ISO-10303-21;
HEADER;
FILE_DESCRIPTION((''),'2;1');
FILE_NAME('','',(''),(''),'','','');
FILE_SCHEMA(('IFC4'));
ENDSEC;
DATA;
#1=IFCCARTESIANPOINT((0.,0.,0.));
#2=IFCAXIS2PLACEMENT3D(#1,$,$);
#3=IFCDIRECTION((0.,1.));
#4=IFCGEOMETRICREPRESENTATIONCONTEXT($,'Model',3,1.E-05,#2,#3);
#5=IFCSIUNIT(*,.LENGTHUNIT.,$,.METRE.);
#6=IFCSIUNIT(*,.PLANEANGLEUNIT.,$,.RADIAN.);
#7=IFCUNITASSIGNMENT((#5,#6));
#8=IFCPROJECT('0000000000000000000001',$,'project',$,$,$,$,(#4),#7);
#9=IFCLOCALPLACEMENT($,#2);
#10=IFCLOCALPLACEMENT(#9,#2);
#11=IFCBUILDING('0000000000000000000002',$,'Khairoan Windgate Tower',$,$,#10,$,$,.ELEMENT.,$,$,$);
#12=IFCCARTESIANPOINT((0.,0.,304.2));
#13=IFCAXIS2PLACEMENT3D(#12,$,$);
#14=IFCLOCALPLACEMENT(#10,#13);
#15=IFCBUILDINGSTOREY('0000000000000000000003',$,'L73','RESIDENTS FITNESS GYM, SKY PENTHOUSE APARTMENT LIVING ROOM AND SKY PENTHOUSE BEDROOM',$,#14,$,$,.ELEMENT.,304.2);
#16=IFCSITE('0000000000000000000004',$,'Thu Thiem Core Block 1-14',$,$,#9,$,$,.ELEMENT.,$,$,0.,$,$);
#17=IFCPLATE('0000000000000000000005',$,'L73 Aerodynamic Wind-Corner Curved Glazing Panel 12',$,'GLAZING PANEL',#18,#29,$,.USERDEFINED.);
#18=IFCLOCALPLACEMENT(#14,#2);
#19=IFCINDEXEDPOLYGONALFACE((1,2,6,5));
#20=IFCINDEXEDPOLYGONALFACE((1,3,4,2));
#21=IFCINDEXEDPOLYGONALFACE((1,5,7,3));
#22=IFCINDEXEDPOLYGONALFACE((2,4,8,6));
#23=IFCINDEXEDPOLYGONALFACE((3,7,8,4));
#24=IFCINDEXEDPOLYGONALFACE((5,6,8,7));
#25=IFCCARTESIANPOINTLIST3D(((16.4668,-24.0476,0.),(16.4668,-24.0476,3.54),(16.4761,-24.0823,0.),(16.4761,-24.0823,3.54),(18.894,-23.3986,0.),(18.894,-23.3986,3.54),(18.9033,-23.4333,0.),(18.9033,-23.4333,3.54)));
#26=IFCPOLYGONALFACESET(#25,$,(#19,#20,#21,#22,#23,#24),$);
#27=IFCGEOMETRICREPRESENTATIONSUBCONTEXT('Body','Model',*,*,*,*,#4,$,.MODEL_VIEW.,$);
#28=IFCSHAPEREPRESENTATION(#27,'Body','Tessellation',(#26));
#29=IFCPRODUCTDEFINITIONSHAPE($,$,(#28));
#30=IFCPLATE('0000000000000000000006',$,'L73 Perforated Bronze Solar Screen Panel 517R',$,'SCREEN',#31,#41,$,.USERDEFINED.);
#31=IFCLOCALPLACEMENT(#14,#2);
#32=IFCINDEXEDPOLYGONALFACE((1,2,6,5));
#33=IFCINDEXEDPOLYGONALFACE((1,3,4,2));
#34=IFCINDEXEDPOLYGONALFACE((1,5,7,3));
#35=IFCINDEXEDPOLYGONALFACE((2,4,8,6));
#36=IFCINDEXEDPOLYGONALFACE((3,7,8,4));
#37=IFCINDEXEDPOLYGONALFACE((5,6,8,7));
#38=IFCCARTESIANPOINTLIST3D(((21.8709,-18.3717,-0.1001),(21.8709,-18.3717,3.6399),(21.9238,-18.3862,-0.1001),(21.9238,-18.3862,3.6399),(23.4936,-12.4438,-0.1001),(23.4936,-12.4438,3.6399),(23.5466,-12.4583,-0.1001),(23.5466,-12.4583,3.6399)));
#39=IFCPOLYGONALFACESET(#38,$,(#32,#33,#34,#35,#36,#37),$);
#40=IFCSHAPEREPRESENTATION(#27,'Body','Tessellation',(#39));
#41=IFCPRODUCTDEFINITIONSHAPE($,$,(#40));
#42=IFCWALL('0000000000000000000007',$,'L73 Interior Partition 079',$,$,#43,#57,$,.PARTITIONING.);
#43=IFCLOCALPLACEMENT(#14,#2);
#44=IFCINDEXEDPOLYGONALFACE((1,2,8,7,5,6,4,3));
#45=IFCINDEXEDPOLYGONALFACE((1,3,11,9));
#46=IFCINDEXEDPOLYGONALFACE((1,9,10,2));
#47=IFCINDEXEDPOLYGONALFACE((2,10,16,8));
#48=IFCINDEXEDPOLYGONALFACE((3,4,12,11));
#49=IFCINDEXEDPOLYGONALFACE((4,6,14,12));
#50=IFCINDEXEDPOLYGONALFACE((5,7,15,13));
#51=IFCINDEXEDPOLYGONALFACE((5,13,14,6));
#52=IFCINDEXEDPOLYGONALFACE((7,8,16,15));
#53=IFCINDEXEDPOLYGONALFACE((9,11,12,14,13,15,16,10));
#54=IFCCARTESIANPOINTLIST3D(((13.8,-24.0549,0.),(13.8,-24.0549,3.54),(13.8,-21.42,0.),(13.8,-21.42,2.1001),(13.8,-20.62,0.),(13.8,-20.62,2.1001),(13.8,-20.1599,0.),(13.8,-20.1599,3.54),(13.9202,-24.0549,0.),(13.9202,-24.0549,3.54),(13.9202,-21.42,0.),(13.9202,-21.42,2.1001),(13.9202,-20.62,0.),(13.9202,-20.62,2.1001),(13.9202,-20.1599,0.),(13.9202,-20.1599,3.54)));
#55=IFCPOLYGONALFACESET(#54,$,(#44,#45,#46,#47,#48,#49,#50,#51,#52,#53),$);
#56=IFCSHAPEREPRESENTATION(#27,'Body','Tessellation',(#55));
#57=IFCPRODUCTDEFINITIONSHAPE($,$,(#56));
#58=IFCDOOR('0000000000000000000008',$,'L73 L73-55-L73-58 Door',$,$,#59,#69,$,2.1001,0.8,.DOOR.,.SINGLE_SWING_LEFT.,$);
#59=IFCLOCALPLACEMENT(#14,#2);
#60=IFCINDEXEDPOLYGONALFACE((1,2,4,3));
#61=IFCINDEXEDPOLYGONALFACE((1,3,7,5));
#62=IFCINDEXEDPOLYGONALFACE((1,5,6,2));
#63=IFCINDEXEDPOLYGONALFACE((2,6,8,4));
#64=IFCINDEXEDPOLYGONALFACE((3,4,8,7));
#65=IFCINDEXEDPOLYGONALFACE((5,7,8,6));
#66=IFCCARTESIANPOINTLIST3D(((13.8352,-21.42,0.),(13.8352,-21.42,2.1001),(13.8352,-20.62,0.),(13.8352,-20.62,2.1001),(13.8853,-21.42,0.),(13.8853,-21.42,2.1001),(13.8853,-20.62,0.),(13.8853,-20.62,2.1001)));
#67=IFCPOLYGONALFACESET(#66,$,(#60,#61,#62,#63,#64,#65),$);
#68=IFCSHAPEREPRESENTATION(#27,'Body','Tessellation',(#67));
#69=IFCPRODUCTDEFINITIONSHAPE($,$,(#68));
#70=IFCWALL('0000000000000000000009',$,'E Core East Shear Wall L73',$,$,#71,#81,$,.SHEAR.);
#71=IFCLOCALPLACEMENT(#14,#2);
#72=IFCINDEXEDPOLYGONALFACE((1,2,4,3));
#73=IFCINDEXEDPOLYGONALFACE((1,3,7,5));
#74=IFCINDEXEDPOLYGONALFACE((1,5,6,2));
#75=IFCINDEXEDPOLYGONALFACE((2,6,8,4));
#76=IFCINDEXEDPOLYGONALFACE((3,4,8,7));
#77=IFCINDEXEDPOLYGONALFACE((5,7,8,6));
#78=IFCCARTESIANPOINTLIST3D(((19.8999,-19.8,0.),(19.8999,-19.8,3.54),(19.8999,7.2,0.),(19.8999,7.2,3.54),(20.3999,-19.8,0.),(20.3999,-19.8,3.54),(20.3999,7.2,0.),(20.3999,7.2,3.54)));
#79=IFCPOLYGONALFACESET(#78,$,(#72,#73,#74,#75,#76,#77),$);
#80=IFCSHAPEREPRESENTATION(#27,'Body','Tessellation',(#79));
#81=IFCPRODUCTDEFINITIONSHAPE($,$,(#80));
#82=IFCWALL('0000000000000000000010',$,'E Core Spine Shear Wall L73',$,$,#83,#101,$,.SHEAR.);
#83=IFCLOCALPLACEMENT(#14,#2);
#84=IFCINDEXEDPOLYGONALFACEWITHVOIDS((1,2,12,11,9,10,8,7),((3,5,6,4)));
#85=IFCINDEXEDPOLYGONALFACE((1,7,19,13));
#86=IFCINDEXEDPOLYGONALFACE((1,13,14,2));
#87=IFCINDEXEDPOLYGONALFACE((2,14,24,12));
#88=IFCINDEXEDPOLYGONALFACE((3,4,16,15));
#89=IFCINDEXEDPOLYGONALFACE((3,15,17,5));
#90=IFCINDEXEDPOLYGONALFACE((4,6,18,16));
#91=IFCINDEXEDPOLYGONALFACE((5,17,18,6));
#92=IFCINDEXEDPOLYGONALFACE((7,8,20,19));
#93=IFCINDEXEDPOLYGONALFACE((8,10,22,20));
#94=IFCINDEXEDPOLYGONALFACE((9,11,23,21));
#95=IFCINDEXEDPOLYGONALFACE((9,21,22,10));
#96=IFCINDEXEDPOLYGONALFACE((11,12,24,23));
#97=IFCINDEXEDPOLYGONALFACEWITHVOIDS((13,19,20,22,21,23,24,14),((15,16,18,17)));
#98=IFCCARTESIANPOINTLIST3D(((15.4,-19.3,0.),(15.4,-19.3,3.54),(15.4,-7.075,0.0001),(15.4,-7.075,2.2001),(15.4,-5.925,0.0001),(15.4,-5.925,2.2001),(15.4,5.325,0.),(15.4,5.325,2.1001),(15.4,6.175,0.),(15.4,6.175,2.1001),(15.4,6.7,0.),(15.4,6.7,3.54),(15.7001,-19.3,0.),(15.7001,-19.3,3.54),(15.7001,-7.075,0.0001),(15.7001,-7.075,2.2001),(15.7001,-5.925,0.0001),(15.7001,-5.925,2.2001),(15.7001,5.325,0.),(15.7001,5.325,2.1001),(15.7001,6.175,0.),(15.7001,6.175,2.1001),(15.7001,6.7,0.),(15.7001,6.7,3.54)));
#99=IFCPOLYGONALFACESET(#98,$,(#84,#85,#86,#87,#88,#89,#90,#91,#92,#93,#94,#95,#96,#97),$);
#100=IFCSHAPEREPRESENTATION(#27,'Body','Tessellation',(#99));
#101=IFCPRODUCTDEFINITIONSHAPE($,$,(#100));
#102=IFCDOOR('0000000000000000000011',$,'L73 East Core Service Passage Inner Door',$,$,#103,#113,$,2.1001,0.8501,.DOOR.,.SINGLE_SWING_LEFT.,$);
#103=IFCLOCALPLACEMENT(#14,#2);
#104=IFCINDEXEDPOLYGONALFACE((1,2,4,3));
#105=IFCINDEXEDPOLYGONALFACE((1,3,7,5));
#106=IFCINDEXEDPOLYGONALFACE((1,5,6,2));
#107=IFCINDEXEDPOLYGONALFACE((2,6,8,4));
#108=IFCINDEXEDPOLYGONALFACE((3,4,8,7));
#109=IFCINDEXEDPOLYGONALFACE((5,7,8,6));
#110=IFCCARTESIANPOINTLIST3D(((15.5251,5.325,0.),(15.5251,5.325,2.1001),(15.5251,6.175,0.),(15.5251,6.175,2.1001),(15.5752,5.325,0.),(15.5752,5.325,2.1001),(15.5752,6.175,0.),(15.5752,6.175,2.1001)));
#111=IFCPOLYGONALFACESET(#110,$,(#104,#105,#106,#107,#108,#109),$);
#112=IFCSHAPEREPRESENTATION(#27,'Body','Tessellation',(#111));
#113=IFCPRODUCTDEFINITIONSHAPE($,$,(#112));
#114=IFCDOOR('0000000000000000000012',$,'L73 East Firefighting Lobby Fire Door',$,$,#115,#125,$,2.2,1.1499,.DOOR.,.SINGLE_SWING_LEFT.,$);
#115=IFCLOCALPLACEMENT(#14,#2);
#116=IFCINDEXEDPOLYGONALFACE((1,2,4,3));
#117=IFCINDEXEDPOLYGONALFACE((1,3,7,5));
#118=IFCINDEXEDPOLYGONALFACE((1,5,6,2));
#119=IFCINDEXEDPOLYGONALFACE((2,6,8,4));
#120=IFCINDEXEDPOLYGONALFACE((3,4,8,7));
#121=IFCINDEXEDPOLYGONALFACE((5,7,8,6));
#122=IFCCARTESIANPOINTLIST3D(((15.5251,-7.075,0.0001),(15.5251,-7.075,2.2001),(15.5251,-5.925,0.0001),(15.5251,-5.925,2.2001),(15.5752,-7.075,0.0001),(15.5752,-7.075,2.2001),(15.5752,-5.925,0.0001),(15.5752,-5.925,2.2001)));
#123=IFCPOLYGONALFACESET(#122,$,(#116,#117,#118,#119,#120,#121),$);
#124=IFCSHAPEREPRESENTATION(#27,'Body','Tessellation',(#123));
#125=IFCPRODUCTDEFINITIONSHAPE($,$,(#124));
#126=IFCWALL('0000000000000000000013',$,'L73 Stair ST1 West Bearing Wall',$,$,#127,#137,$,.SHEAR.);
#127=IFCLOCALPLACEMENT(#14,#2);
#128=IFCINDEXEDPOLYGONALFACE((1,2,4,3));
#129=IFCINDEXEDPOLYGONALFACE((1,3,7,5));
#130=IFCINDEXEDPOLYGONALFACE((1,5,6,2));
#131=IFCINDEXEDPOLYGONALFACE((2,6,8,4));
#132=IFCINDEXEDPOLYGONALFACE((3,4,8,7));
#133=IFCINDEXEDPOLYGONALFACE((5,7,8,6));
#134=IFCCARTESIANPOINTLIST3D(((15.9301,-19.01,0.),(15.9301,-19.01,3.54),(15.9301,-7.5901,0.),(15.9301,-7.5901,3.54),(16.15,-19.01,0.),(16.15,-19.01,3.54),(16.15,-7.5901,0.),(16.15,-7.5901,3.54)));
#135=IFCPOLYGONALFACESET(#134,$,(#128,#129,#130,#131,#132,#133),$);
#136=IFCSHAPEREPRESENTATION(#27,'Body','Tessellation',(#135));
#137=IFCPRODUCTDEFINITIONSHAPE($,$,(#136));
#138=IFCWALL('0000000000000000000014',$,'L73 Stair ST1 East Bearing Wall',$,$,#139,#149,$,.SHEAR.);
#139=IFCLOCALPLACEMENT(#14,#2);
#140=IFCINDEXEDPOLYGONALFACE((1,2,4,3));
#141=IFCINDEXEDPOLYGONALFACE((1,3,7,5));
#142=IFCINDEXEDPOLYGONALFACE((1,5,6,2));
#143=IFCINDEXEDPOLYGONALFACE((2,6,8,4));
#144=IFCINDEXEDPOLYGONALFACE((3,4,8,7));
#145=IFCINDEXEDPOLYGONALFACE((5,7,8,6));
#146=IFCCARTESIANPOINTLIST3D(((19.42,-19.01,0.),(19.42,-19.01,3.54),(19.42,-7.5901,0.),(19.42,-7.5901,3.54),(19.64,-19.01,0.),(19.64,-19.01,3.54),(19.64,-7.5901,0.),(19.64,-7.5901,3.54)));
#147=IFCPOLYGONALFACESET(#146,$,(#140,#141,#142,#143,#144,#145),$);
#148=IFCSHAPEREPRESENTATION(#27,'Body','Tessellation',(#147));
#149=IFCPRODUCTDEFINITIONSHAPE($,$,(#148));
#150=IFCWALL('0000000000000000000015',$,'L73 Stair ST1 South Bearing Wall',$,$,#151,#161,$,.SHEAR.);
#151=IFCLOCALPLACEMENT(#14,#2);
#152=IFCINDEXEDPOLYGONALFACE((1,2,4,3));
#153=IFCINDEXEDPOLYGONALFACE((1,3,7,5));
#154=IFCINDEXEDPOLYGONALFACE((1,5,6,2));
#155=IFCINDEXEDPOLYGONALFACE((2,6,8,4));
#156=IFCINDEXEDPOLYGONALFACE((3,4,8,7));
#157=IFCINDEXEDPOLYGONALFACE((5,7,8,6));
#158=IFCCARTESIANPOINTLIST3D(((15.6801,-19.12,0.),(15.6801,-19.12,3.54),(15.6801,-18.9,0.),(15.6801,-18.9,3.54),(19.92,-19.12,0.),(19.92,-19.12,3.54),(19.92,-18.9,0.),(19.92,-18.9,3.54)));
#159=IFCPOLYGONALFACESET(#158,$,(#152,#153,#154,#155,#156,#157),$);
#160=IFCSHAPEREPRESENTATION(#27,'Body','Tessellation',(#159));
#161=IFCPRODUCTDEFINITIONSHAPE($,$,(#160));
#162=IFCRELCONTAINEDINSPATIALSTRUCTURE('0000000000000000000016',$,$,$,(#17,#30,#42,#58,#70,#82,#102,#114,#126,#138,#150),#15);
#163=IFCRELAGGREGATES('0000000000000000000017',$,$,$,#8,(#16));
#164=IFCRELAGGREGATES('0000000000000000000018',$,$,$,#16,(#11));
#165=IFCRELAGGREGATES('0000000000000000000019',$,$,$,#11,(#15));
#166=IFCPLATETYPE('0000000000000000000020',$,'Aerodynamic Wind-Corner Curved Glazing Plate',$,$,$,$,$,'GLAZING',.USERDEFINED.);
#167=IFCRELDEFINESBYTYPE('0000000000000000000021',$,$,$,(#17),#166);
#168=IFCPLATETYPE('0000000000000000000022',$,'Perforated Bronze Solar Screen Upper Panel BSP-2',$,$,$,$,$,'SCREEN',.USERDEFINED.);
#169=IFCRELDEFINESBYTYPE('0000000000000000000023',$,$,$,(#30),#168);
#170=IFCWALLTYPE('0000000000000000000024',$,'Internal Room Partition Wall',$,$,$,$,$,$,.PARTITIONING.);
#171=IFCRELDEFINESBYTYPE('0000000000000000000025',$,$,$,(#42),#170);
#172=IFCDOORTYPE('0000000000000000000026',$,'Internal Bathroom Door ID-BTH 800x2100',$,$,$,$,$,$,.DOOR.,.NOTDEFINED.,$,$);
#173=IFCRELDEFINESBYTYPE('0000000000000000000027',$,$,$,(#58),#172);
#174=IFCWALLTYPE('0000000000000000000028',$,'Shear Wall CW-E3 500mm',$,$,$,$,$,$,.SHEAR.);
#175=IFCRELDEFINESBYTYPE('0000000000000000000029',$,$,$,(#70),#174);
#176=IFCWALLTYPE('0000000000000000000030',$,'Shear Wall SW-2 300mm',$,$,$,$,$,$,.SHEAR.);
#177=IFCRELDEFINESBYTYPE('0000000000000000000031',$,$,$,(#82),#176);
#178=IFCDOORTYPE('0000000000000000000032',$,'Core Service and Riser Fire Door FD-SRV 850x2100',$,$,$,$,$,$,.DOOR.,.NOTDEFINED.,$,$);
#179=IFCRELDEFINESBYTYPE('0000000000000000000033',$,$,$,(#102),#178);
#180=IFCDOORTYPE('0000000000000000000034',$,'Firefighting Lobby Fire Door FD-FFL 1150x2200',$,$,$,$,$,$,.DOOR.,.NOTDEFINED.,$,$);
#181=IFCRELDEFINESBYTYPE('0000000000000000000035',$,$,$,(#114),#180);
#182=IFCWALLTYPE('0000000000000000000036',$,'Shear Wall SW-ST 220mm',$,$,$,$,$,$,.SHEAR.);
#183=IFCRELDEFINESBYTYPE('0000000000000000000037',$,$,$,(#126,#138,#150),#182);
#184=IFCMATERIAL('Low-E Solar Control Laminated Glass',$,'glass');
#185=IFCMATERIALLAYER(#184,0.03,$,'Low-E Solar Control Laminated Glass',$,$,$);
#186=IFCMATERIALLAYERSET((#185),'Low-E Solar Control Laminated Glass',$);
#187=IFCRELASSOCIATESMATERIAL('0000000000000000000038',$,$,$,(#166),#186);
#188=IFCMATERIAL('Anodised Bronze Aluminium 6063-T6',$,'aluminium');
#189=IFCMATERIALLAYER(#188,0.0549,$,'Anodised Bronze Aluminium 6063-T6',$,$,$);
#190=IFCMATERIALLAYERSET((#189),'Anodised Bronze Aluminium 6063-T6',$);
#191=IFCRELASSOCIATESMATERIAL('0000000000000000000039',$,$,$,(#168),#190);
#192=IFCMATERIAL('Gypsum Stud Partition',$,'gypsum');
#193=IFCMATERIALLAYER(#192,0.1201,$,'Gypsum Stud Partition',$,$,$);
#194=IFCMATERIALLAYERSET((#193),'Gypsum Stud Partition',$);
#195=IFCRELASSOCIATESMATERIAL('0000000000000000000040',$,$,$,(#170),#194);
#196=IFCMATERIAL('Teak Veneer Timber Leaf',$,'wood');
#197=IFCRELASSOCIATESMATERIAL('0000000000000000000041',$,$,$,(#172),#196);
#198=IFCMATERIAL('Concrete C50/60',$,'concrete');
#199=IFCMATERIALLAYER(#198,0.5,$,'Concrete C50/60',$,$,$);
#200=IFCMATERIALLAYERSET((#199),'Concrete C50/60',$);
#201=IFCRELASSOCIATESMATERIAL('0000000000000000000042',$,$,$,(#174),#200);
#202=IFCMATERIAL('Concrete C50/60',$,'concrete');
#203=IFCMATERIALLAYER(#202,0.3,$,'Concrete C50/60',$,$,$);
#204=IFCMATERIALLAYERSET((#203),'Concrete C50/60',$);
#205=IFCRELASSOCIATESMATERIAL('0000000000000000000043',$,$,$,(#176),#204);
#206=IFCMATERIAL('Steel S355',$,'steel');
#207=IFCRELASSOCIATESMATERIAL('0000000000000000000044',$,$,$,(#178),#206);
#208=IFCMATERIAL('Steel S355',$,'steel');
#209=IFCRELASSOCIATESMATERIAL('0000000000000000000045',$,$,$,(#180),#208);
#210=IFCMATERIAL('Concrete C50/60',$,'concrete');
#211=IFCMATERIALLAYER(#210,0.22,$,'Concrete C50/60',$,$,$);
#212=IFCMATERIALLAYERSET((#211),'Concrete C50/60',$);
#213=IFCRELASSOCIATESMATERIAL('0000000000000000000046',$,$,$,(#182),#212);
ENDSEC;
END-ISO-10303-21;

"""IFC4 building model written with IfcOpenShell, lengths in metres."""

from ifc_helpers import new_model, si_unit, direction, frame, frame_2d, origin, origin_2d, place, context, subcontext, project, spatial, rectangle, extrude, material, layer, layer_set, type_object, element, fill, save


model = new_model("IFC4")

# Units and contexts
model_context = context("Model", 3, precision=1e-05, world=origin(), true_north=direction((0.0, 1.0)))
body_context = subcontext(model_context, "Body", "Model", "MODEL_VIEW")
ifc_project = project(units=[si_unit("LENGTHUNIT", "METRE"), si_unit("PLANEANGLEUNIT", "RADIAN")], contexts=[model_context])

# Site, building, storey
site_placement = place(None, origin())
site = spatial("IfcSite", under=ifc_project, at=site_placement, Name="Thu Thiem Core Block 1-14", CompositionType="ELEMENT", RefElevation=0.0)
building_placement = place(site_placement, origin())
building = spatial("IfcBuilding", under=site, at=building_placement, Name="Khairoan Windgate Tower", CompositionType="ELEMENT")
storey_placement = place(building_placement, frame((0.0, 0.0, 304.2)))
storey = spatial("IfcBuildingStorey", under=building, at=storey_placement, Name="L73", Description="RESIDENTS FITNESS GYM, SKY PENTHOUSE APARTMENT LIVING ROOM AND SKY PENTHOUSE BEDROOM", CompositionType="ELEMENT", Elevation=304.2)

# Plate
ifc_material_1 = material(Name="Low-E Solar Control Laminated Glass", Category="glass")
ifc_layer_1 = layer(ifc_material_1, 0.03, Name="Low-E Solar Control Laminated Glass")
ifc_layer_set_1 = layer_set([ifc_layer_1], Name="Low-E Solar Control Laminated Glass")
plate_type_1 = type_object("IfcPlateType", Name="Aerodynamic Wind-Corner Curved Glazing Plate", ElementType="GLAZING", PredefinedType="USERDEFINED", material=ifc_layer_set_1)
plate_1_placement = place(storey_placement, frame((17.6851, -23.7405, 0.0), z_axis=(0.0, 0.0, 1.0), x_axis=(-0.966061, -0.258313, 0.0)))
element("IfcPlate", 1, at=plate_1_placement, inside=storey, type_object=plate_type_1, Name="L73 Aerodynamic Wind-Corner Curved Glazing Panel 12", ObjectType="GLAZING PANEL", PredefinedType="USERDEFINED", context=body_context, shape_type="SweptSolid", body=[
    extrude(rectangle(XDim=2.5125, YDim=0.0359, at=origin_2d()), origin(), (0.0, 0.0, 1.0), 3.54),
])

# Plate
ifc_material_2 = material(Name="Anodised Bronze Aluminium 6063-T6", Category="aluminium")
ifc_layer_2 = layer(ifc_material_2, 0.0549, Name="Anodised Bronze Aluminium 6063-T6")
ifc_layer_set_2 = layer_set([ifc_layer_2], Name="Anodised Bronze Aluminium 6063-T6")
plate_type_2 = type_object("IfcPlateType", Name="Perforated Bronze Solar Screen Upper Panel BSP-2", ElementType="SCREEN", PredefinedType="USERDEFINED", material=ifc_layer_set_2)
plate_2_placement = place(storey_placement, frame((22.7087, -15.415, -0.1001), z_axis=(0.0, 0.0, 1.0), x_axis=(-0.264041, -0.964511, 0.0)))
element("IfcPlate", 2, at=plate_2_placement, inside=storey, type_object=plate_type_2, Name="L73 Perforated Bronze Solar Screen Panel 517R", ObjectType="SCREEN", PredefinedType="USERDEFINED", context=body_context, shape_type="SweptSolid", body=[
    extrude(rectangle(XDim=6.146, YDim=0.0549, at=origin_2d()), origin(), (0.0, 0.0, 1.0), 3.74),
])

# Wall, opening, door
ifc_material_3 = material(Name="Gypsum Stud Partition", Category="gypsum")
ifc_layer_3 = layer(ifc_material_3, 0.1201, Name="Gypsum Stud Partition")
ifc_layer_set_3 = layer_set([ifc_layer_3], Name="Gypsum Stud Partition")
wall_type_1 = type_object("IfcWallType", Name="Internal Room Partition Wall", PredefinedType="PARTITIONING", material=ifc_layer_set_3)
wall_1_placement = place(storey_placement, frame((13.8601, -24.0549, 0.0), z_axis=(0.0, 0.0, 1.0), x_axis=(0.0, 1.0, 0.0)))
wall_1 = element("IfcWall", 3, at=wall_1_placement, inside=storey, type_object=wall_type_1, Name="L73 Interior Partition 079", PredefinedType="PARTITIONING", context=body_context, shape_type="SweptSolid", body=[
    extrude(rectangle(XDim=3.895, YDim=0.1201, at=frame_2d((1.9475, 0.0))), origin(), (0.0, 0.0, 1.0), 3.54),
])
opening_1_placement = place(wall_1_placement, frame((2.635, 0.0, 0.0)))
opening_1 = element("IfcOpeningElement", 4, at=opening_1_placement, cuts=wall_1, PredefinedType="OPENING", context=body_context, shape_type="SweptSolid", body=[
    extrude(rectangle(XDim=0.8, YDim=2.1001, at=frame_2d((0.3999, 1.05))), frame((0.0, 0.0701, 0.0), z_axis=(0.0, -1.0, 0.0), x_axis=(1.0, 0.0, 0.0)), (0.0, 0.0, 1.0), 0.1401),
])
ifc_material_4 = material(Name="Teak Veneer Timber Leaf", Category="wood")
door_type_1 = type_object("IfcDoorType", Name="Internal Bathroom Door ID-BTH 800x2100", OperationType="NOTDEFINED", PredefinedType="DOOR", material=ifc_material_4)
door_1_placement = place(opening_1_placement, origin())
door_1 = element("IfcDoor", 5, at=door_1_placement, inside=storey, type_object=door_type_1, Name="L73 L73-55-L73-58 Door", OperationType="SINGLE_SWING_LEFT", OverallHeight=2.1001, OverallWidth=0.8, PredefinedType="DOOR", context=body_context, shape_type="SweptSolid", body=[
    extrude(rectangle(XDim=0.8, YDim=2.1001, at=frame_2d((0.3999, 1.05))), frame((0.0, 0.0249, 0.0), z_axis=(0.0, -1.0, 0.0), x_axis=(1.0, 0.0, 0.0)), (0.0, 0.0, 1.0), 0.05),
])
fill(opening_1, door_1)

# Wall
ifc_material_5 = material(Name="Concrete C50/60", Category="concrete")
ifc_layer_4 = layer(ifc_material_5, 0.5, Name="Concrete C50/60")
ifc_layer_set_4 = layer_set([ifc_layer_4], Name="Concrete C50/60")
wall_type_2 = type_object("IfcWallType", Name="Shear Wall CW-E3 500mm", PredefinedType="SHEAR", material=ifc_layer_set_4)
wall_2_placement = place(storey_placement, frame((20.1499, -19.8, 0.0), z_axis=(0.0, 0.0, 1.0), x_axis=(0.0, 1.0, 0.0)))
element("IfcWall", 6, at=wall_2_placement, inside=storey, type_object=wall_type_2, Name="E Core East Shear Wall L73", PredefinedType="SHEAR", context=body_context, shape_type="SweptSolid", body=[
    extrude(rectangle(XDim=27.0, YDim=0.5, at=frame_2d((13.5, 0.0))), origin(), (0.0, 0.0, 1.0), 3.54),
])

# Wall, openings, doors
ifc_material_6 = material(Name="Concrete C50/60", Category="concrete")
ifc_layer_5 = layer(ifc_material_6, 0.3, Name="Concrete C50/60")
ifc_layer_set_5 = layer_set([ifc_layer_5], Name="Concrete C50/60")
wall_type_3 = type_object("IfcWallType", Name="Shear Wall SW-2 300mm", PredefinedType="SHEAR", material=ifc_layer_set_5)
wall_3_placement = place(storey_placement, frame((15.55, -19.3, 0.0), z_axis=(0.0, 0.0, 1.0), x_axis=(0.0, 1.0, 0.0)))
wall_3 = element("IfcWall", 7, at=wall_3_placement, inside=storey, type_object=wall_type_3, Name="E Core Spine Shear Wall L73", PredefinedType="SHEAR", context=body_context, shape_type="SweptSolid", body=[
    extrude(rectangle(XDim=26.0, YDim=0.3, at=frame_2d((13.0, 0.0))), origin(), (0.0, 0.0, 1.0), 3.54),
])
opening_2_placement = place(wall_3_placement, frame((12.2251, 0.0, 0.0)))
opening_2 = element("IfcOpeningElement", 8, at=opening_2_placement, cuts=wall_3, PredefinedType="OPENING", context=body_context, shape_type="SweptSolid", body=[
    extrude(rectangle(XDim=1.1499, YDim=2.2, at=frame_2d((0.575, 1.1001))), frame((0.0, 0.1599, 0.0), z_axis=(0.0, -1.0, 0.0), x_axis=(1.0, 0.0, 0.0)), (0.0, 0.0, 1.0), 0.3201),
])
opening_3_placement = place(wall_3_placement, frame((24.625, 0.0, 0.0)))
opening_3 = element("IfcOpeningElement", 9, at=opening_3_placement, cuts=wall_3, PredefinedType="OPENING", context=body_context, shape_type="SweptSolid", body=[
    extrude(rectangle(XDim=0.8501, YDim=2.1001, at=frame_2d((0.425, 1.05))), frame((0.0, 0.1599, 0.0), z_axis=(0.0, -1.0, 0.0), x_axis=(1.0, 0.0, 0.0)), (0.0, 0.0, 1.0), 0.3201),
])
ifc_material_7 = material(Name="Steel S355", Category="steel")
door_type_2 = type_object("IfcDoorType", Name="Core Service and Riser Fire Door FD-SRV 850x2100", OperationType="NOTDEFINED", PredefinedType="DOOR", material=ifc_material_7)
door_2_placement = place(opening_3_placement, origin())
door_2 = element("IfcDoor", 10, at=door_2_placement, inside=storey, type_object=door_type_2, Name="L73 East Core Service Passage Inner Door", OperationType="SINGLE_SWING_LEFT", OverallHeight=2.1001, OverallWidth=0.8501, PredefinedType="DOOR", context=body_context, shape_type="SweptSolid", body=[
    extrude(rectangle(XDim=0.8501, YDim=2.1001, at=frame_2d((0.425, 1.05))), frame((0.0, 0.0249, 0.0), z_axis=(0.0, -1.0, 0.0), x_axis=(1.0, 0.0, 0.0)), (0.0, 0.0, 1.0), 0.05),
])
fill(opening_3, door_2)
ifc_material_8 = material(Name="Steel S355", Category="steel")
door_type_3 = type_object("IfcDoorType", Name="Firefighting Lobby Fire Door FD-FFL 1150x2200", OperationType="NOTDEFINED", PredefinedType="DOOR", material=ifc_material_8)
door_3_placement = place(opening_2_placement, origin())
door_3 = element("IfcDoor", 11, at=door_3_placement, inside=storey, type_object=door_type_3, Name="L73 East Firefighting Lobby Fire Door", OperationType="SINGLE_SWING_LEFT", OverallHeight=2.2, OverallWidth=1.1499, PredefinedType="DOOR", context=body_context, shape_type="SweptSolid", body=[
    extrude(rectangle(XDim=1.1499, YDim=2.2, at=frame_2d((0.575, 1.1001))), frame((0.0, 0.0249, 0.0), z_axis=(0.0, -1.0, 0.0), x_axis=(1.0, 0.0, 0.0)), (0.0, 0.0, 1.0), 0.05),
])
fill(opening_2, door_3)

# Walls
ifc_material_9 = material(Name="Concrete C50/60", Category="concrete")
ifc_layer_6 = layer(ifc_material_9, 0.22, Name="Concrete C50/60")
ifc_layer_set_6 = layer_set([ifc_layer_6], Name="Concrete C50/60")
wall_type_4 = type_object("IfcWallType", Name="Shear Wall SW-ST 220mm", PredefinedType="SHEAR", material=ifc_layer_set_6)
for number, where, z_axis, x_axis, name in (
    (12, (16.04, -19.01, 0.0), (0.0, 0.0, 1.0), (0.0, 1.0, 0.0), "L73 Stair ST1 West Bearing Wall"),
    (13, (19.53, -19.01, 0.0), (0.0, 0.0, 1.0), (0.0, 1.0, 0.0), "L73 Stair ST1 East Bearing Wall"),
):
    element("IfcWall", number, at=place(storey_placement, frame(where, z_axis=z_axis, x_axis=x_axis)), inside=storey, type_object=wall_type_4, Name=name, PredefinedType="SHEAR", context=body_context, shape_type="SweptSolid", body=[
        extrude(rectangle(XDim=11.4199, YDim=0.22, at=frame_2d((5.71, 0.0))), origin(), (0.0, 0.0, 1.0), 3.54),
    ])
wall_4_placement = place(storey_placement, frame((15.6799, -19.01, 0.0), z_axis=(0.0, 0.0, 1.0), x_axis=(1.0, 0.0, 0.0)))
element("IfcWall", 14, at=wall_4_placement, inside=storey, type_object=wall_type_4, Name="L73 Stair ST1 South Bearing Wall", PredefinedType="SHEAR", context=body_context, shape_type="SweptSolid", body=[
    extrude(rectangle(XDim=4.24, YDim=0.22, at=frame_2d((2.1201, 0.0))), origin(), (0.0, 0.0, 1.0), 3.54),
])

save(model, "model.ifc")
